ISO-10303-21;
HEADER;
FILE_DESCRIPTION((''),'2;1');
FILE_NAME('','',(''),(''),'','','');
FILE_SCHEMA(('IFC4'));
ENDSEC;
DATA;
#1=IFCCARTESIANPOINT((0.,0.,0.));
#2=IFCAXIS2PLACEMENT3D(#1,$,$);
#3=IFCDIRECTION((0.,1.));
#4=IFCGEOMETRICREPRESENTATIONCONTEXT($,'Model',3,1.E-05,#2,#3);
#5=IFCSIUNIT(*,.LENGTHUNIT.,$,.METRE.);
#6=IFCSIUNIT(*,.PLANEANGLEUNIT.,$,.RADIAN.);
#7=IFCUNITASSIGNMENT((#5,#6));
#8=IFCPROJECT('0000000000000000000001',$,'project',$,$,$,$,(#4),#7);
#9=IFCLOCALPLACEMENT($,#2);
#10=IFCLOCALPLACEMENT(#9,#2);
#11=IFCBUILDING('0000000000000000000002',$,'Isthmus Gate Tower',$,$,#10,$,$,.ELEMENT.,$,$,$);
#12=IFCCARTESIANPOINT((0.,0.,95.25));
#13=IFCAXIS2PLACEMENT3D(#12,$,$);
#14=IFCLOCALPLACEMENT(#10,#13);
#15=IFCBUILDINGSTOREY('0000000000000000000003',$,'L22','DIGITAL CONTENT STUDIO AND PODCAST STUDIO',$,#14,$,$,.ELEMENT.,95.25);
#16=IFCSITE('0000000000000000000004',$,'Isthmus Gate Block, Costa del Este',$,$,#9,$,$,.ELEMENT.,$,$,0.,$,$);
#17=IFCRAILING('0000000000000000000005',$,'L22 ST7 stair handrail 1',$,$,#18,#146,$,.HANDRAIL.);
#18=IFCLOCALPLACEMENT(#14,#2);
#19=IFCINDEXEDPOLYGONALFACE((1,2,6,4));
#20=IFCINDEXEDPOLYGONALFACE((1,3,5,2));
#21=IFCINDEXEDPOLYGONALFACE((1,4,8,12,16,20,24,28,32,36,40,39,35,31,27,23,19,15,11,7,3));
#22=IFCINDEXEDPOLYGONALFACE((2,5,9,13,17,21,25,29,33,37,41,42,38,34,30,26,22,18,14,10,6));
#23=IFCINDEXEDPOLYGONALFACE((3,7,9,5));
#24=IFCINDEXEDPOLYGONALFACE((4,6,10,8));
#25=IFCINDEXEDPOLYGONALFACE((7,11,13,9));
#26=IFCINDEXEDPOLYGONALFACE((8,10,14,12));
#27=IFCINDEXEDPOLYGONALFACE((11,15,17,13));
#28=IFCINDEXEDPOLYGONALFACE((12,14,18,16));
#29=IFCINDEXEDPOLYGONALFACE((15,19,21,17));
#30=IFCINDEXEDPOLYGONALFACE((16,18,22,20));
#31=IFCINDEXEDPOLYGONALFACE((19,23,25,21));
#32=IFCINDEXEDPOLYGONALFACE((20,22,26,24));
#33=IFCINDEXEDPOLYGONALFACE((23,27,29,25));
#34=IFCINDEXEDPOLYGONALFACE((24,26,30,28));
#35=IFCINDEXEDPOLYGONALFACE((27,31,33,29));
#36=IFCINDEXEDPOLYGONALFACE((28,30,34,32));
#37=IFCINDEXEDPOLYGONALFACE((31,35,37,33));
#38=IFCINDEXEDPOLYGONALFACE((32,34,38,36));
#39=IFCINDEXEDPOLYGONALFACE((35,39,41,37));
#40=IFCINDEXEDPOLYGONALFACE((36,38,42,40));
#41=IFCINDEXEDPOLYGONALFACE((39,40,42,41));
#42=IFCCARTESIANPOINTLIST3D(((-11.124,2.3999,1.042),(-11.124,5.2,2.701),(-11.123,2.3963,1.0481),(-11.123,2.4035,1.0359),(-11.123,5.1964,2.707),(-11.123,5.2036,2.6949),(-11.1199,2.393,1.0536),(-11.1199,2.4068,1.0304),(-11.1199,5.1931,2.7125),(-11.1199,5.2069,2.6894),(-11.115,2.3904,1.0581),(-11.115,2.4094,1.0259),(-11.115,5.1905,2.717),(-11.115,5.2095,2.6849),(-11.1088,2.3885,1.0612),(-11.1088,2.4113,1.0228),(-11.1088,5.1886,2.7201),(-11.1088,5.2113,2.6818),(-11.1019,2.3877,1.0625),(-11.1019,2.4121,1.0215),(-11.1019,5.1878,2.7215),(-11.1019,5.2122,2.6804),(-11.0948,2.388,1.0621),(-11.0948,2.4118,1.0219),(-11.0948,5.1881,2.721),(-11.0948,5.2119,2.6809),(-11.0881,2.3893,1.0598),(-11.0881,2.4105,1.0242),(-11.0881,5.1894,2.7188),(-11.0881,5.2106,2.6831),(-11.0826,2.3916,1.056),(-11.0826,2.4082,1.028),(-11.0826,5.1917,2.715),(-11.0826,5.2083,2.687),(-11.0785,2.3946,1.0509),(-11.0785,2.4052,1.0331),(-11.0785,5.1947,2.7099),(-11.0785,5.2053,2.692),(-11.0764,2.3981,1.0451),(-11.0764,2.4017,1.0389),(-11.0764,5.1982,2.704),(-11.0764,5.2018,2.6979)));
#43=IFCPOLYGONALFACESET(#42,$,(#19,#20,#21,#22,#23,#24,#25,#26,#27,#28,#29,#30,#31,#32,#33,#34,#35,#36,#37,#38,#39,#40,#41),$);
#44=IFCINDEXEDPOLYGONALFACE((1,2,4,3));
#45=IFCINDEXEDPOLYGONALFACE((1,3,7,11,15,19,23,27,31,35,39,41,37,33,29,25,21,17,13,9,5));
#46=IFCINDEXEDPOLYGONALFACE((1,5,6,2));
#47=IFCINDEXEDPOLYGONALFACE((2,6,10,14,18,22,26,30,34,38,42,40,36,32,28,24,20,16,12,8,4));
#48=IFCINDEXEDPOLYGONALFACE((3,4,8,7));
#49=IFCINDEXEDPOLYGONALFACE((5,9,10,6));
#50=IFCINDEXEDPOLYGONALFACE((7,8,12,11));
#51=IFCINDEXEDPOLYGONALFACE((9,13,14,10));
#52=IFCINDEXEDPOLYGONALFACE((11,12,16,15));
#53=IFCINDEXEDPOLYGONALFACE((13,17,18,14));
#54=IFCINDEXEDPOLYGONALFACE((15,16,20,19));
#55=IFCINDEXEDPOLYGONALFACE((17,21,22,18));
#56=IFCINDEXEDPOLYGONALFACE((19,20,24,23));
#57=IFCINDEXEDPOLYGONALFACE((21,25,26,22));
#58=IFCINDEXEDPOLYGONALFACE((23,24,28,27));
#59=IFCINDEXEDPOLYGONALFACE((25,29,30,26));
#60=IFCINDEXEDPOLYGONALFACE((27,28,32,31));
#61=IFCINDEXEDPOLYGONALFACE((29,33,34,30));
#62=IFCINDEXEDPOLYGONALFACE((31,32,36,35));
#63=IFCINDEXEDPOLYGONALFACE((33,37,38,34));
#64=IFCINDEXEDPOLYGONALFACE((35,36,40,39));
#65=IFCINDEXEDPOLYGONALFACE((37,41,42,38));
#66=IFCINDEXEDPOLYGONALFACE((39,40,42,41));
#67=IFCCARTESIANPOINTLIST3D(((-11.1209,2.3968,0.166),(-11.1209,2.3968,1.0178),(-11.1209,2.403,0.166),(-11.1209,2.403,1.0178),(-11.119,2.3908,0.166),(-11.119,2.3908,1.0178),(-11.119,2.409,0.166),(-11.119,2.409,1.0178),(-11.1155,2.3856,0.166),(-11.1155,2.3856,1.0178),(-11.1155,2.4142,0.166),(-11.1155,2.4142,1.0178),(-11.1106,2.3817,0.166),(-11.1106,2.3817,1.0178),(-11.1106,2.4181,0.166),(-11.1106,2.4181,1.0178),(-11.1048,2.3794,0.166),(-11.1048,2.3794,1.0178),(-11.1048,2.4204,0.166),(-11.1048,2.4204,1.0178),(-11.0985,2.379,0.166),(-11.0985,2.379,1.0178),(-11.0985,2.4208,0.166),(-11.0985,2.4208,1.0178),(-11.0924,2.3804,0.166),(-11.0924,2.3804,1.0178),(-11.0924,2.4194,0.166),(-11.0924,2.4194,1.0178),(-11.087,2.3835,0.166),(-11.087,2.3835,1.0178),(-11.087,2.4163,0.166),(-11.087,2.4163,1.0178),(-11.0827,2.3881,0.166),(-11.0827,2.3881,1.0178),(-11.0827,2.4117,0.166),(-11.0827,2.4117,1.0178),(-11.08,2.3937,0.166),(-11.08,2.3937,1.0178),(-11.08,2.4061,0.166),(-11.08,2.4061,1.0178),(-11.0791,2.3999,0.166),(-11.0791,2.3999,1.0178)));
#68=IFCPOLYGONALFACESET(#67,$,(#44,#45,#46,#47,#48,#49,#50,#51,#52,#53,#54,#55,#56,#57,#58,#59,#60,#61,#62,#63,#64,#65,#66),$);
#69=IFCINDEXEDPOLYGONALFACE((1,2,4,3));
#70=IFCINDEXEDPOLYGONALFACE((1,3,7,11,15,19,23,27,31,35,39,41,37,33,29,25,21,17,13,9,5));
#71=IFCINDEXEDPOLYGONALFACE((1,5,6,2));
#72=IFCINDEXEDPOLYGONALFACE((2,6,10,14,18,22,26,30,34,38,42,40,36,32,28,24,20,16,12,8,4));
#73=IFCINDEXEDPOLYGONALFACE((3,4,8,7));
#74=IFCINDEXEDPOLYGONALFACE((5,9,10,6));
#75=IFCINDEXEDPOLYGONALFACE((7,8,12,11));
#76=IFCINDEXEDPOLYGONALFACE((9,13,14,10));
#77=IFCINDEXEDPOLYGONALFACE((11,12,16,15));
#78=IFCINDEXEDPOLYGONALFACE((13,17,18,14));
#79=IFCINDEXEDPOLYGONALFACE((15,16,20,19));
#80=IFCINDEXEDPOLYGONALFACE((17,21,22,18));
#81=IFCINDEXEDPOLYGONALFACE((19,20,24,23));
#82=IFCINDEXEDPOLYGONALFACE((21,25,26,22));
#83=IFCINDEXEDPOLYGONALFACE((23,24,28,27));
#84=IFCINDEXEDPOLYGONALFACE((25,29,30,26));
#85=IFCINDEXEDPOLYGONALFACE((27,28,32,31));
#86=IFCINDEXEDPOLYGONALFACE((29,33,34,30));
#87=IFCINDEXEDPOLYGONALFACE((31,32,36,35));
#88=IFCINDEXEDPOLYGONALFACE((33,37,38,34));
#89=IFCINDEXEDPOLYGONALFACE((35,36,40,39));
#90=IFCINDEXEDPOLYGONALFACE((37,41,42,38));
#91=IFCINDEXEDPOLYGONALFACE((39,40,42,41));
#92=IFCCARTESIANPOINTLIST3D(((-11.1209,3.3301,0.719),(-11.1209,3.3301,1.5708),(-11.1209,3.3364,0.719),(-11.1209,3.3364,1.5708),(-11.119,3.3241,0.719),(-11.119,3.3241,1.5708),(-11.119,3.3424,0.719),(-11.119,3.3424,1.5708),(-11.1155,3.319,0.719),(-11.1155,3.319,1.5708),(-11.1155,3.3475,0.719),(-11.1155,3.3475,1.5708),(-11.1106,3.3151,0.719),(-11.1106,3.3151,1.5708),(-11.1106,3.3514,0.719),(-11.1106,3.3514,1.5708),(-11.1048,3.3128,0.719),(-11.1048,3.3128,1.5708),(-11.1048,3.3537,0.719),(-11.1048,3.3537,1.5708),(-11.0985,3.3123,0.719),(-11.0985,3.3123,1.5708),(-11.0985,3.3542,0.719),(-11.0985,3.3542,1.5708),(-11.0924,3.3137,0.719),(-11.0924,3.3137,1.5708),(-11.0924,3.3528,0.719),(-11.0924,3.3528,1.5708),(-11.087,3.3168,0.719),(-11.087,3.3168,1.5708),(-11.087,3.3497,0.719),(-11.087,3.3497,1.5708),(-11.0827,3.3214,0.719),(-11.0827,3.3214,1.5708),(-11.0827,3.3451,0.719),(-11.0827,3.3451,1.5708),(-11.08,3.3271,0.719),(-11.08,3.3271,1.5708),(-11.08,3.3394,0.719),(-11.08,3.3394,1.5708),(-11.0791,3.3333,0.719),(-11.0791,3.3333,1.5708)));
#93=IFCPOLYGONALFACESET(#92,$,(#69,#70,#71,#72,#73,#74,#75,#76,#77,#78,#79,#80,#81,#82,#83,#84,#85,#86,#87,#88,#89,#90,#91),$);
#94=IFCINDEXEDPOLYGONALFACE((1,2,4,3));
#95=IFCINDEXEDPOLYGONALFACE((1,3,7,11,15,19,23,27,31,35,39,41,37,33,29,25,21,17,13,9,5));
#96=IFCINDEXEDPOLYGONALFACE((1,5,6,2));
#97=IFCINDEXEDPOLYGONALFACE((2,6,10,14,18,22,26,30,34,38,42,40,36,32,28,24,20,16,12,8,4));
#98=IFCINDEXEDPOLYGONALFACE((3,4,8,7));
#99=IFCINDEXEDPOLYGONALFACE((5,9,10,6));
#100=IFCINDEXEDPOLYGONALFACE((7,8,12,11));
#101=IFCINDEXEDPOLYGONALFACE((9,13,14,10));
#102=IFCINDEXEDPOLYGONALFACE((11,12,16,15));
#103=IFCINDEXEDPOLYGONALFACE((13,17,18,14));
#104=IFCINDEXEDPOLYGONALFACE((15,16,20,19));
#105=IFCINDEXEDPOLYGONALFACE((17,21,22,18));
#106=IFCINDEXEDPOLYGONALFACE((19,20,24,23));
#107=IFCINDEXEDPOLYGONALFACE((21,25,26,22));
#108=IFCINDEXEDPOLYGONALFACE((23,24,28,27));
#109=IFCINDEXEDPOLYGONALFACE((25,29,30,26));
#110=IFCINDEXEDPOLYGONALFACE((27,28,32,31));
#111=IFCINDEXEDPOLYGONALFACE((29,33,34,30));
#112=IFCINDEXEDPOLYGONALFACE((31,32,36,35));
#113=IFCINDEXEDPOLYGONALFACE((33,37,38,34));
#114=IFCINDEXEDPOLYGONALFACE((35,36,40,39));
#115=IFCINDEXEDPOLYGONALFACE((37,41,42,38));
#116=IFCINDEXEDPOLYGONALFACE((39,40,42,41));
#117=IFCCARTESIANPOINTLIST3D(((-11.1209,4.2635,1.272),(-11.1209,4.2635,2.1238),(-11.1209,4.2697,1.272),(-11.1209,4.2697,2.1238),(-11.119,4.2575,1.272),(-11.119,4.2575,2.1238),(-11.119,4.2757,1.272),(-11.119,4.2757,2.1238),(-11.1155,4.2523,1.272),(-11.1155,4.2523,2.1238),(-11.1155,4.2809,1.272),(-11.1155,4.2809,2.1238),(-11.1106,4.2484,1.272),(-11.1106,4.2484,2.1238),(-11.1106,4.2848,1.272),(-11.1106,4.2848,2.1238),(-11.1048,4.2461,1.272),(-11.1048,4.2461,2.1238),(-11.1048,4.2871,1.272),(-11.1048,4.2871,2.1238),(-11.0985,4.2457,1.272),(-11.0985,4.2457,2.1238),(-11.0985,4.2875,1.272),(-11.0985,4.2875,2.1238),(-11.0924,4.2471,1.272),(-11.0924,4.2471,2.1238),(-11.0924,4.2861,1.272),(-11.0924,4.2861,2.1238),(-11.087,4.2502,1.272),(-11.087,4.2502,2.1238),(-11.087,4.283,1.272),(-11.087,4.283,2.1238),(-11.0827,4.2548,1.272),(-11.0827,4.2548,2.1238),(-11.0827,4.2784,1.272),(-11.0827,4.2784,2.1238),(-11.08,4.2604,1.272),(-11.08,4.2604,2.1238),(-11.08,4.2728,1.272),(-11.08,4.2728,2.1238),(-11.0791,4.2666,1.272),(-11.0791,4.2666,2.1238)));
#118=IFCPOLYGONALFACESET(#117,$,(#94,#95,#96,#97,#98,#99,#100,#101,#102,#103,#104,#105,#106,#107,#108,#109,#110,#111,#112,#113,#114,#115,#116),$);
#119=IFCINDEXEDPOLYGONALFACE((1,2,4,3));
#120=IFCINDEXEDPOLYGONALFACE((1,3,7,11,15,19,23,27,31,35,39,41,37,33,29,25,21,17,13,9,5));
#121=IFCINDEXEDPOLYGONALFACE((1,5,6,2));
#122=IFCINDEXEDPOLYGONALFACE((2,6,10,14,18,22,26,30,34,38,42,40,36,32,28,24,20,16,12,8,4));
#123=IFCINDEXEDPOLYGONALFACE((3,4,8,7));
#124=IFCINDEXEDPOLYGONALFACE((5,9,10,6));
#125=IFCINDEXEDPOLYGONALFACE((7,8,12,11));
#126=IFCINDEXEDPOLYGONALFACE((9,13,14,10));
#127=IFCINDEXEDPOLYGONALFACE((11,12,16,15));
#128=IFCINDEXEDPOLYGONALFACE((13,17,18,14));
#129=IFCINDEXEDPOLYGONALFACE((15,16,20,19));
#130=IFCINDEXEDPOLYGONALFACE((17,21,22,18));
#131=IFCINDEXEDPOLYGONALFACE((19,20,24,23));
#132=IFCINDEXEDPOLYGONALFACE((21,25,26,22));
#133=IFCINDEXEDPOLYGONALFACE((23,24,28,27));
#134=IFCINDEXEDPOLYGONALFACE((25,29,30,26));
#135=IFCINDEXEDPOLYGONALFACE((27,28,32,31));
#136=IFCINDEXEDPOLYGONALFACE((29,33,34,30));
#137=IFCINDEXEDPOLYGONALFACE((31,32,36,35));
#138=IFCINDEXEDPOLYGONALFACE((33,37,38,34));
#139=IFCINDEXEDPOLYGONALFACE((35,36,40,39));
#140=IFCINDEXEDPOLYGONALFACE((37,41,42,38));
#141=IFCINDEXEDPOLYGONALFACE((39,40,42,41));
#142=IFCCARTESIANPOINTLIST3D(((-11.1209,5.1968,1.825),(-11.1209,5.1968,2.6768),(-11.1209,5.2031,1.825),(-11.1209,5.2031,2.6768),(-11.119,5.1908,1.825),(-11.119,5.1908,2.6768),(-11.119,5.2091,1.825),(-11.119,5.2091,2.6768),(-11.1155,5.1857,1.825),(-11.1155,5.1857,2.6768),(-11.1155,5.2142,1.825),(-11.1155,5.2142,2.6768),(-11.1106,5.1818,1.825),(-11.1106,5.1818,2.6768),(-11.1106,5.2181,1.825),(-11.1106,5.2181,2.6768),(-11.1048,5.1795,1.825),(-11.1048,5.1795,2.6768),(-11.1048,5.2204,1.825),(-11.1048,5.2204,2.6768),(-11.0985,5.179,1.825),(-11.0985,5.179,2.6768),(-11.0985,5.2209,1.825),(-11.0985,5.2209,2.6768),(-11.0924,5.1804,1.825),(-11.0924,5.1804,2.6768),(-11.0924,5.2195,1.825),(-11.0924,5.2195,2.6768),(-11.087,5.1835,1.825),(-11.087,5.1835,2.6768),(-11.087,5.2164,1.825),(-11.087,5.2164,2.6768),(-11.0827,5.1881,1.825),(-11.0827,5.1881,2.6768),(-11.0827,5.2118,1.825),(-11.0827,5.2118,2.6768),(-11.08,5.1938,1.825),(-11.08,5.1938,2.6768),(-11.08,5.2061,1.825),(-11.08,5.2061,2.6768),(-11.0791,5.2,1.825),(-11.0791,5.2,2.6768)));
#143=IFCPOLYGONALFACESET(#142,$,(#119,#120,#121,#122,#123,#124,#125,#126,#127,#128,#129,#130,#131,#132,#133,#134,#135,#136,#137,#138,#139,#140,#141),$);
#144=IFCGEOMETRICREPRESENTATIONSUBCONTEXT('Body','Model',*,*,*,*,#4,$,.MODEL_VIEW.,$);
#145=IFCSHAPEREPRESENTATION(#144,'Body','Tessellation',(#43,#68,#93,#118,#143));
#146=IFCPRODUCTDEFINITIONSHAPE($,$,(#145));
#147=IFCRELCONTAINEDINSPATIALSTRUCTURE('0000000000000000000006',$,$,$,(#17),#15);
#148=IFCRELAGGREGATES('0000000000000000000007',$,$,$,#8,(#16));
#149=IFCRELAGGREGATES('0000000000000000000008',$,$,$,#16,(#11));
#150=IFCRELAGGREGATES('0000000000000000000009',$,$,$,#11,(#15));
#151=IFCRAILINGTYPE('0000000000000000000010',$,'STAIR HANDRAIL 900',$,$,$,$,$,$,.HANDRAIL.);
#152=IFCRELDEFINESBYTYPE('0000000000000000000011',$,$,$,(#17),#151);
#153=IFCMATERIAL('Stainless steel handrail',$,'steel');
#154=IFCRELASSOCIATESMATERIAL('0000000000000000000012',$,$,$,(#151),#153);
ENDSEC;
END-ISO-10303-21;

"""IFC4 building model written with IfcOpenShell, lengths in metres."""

from ifc_helpers import new_model, si_unit, direction, frame, origin, origin_2d, place, context, subcontext, project, spatial, circle, extrude, material, type_object, element, save


model = new_model("IFC4")

# Units and contexts
model_context = context("Model", 3, precision=1e-05, world=origin(), true_north=direction((0.0, 1.0)))
body_context = subcontext(model_context, "Body", "Model", "MODEL_VIEW")
ifc_project = project(units=[si_unit("LENGTHUNIT", "METRE"), si_unit("PLANEANGLEUNIT", "RADIAN")], contexts=[model_context])

# Site, building, storey
site_placement = place(None, origin())
site = spatial("IfcSite", under=ifc_project, at=site_placement, Name="Isthmus Gate Block, Costa del Este", CompositionType="ELEMENT", RefElevation=0.0)
building_placement = place(site_placement, origin())
building = spatial("IfcBuilding", under=site, at=building_placement, Name="Isthmus Gate Tower", CompositionType="ELEMENT")
storey_placement = place(building_placement, frame((0.0, 0.0, 95.25)))
storey = spatial("IfcBuildingStorey", under=building, at=storey_placement, Name="L22", Description="DIGITAL CONTENT STUDIO AND PODCAST STUDIO", CompositionType="ELEMENT", Elevation=95.25)

# Railing
ifc_material_1 = material(Name="Stainless steel handrail", Category="steel")
railing_type_1 = type_object("IfcRailingType", Name="STAIR HANDRAIL 900", PredefinedType="HANDRAIL", material=ifc_material_1)
railing_1_placement = place(storey_placement, frame((-11.1001, 2.3999, 0.166)))
element("IfcRailing", 1, at=railing_1_placement, inside=storey, type_object=railing_type_1, Name="L22 ST7 stair handrail 1", PredefinedType="HANDRAIL", context=body_context, shape_type="SweptSolid", body=[
    extrude(circle(Radius=0.0239, at=origin_2d()), frame((0.0, 0.0, 0.876), z_axis=(0.0, 0.860339, 0.509722), x_axis=(-1.0, 0.0, 0.0)), (0.0, 0.0, 1.0), 3.2546),
    extrude(circle(Radius=0.021, at=origin_2d()), origin(), (0.0, 0.0, 1.0), 0.8518),
    extrude(circle(Radius=0.021, at=origin_2d()), frame((0.0, 0.9333, 0.553)), (0.0, 0.0, 1.0), 0.8518),
    extrude(circle(Radius=0.021, at=origin_2d()), frame((0.0, 1.8667, 1.106)), (0.0, 0.0, 1.0), 0.8518),
    extrude(circle(Radius=0.021, at=origin_2d()), frame((0.0, 2.8, 1.6589)), (0.0, 0.0, 1.0), 0.8518),
])

save(model, "model.ifc")
